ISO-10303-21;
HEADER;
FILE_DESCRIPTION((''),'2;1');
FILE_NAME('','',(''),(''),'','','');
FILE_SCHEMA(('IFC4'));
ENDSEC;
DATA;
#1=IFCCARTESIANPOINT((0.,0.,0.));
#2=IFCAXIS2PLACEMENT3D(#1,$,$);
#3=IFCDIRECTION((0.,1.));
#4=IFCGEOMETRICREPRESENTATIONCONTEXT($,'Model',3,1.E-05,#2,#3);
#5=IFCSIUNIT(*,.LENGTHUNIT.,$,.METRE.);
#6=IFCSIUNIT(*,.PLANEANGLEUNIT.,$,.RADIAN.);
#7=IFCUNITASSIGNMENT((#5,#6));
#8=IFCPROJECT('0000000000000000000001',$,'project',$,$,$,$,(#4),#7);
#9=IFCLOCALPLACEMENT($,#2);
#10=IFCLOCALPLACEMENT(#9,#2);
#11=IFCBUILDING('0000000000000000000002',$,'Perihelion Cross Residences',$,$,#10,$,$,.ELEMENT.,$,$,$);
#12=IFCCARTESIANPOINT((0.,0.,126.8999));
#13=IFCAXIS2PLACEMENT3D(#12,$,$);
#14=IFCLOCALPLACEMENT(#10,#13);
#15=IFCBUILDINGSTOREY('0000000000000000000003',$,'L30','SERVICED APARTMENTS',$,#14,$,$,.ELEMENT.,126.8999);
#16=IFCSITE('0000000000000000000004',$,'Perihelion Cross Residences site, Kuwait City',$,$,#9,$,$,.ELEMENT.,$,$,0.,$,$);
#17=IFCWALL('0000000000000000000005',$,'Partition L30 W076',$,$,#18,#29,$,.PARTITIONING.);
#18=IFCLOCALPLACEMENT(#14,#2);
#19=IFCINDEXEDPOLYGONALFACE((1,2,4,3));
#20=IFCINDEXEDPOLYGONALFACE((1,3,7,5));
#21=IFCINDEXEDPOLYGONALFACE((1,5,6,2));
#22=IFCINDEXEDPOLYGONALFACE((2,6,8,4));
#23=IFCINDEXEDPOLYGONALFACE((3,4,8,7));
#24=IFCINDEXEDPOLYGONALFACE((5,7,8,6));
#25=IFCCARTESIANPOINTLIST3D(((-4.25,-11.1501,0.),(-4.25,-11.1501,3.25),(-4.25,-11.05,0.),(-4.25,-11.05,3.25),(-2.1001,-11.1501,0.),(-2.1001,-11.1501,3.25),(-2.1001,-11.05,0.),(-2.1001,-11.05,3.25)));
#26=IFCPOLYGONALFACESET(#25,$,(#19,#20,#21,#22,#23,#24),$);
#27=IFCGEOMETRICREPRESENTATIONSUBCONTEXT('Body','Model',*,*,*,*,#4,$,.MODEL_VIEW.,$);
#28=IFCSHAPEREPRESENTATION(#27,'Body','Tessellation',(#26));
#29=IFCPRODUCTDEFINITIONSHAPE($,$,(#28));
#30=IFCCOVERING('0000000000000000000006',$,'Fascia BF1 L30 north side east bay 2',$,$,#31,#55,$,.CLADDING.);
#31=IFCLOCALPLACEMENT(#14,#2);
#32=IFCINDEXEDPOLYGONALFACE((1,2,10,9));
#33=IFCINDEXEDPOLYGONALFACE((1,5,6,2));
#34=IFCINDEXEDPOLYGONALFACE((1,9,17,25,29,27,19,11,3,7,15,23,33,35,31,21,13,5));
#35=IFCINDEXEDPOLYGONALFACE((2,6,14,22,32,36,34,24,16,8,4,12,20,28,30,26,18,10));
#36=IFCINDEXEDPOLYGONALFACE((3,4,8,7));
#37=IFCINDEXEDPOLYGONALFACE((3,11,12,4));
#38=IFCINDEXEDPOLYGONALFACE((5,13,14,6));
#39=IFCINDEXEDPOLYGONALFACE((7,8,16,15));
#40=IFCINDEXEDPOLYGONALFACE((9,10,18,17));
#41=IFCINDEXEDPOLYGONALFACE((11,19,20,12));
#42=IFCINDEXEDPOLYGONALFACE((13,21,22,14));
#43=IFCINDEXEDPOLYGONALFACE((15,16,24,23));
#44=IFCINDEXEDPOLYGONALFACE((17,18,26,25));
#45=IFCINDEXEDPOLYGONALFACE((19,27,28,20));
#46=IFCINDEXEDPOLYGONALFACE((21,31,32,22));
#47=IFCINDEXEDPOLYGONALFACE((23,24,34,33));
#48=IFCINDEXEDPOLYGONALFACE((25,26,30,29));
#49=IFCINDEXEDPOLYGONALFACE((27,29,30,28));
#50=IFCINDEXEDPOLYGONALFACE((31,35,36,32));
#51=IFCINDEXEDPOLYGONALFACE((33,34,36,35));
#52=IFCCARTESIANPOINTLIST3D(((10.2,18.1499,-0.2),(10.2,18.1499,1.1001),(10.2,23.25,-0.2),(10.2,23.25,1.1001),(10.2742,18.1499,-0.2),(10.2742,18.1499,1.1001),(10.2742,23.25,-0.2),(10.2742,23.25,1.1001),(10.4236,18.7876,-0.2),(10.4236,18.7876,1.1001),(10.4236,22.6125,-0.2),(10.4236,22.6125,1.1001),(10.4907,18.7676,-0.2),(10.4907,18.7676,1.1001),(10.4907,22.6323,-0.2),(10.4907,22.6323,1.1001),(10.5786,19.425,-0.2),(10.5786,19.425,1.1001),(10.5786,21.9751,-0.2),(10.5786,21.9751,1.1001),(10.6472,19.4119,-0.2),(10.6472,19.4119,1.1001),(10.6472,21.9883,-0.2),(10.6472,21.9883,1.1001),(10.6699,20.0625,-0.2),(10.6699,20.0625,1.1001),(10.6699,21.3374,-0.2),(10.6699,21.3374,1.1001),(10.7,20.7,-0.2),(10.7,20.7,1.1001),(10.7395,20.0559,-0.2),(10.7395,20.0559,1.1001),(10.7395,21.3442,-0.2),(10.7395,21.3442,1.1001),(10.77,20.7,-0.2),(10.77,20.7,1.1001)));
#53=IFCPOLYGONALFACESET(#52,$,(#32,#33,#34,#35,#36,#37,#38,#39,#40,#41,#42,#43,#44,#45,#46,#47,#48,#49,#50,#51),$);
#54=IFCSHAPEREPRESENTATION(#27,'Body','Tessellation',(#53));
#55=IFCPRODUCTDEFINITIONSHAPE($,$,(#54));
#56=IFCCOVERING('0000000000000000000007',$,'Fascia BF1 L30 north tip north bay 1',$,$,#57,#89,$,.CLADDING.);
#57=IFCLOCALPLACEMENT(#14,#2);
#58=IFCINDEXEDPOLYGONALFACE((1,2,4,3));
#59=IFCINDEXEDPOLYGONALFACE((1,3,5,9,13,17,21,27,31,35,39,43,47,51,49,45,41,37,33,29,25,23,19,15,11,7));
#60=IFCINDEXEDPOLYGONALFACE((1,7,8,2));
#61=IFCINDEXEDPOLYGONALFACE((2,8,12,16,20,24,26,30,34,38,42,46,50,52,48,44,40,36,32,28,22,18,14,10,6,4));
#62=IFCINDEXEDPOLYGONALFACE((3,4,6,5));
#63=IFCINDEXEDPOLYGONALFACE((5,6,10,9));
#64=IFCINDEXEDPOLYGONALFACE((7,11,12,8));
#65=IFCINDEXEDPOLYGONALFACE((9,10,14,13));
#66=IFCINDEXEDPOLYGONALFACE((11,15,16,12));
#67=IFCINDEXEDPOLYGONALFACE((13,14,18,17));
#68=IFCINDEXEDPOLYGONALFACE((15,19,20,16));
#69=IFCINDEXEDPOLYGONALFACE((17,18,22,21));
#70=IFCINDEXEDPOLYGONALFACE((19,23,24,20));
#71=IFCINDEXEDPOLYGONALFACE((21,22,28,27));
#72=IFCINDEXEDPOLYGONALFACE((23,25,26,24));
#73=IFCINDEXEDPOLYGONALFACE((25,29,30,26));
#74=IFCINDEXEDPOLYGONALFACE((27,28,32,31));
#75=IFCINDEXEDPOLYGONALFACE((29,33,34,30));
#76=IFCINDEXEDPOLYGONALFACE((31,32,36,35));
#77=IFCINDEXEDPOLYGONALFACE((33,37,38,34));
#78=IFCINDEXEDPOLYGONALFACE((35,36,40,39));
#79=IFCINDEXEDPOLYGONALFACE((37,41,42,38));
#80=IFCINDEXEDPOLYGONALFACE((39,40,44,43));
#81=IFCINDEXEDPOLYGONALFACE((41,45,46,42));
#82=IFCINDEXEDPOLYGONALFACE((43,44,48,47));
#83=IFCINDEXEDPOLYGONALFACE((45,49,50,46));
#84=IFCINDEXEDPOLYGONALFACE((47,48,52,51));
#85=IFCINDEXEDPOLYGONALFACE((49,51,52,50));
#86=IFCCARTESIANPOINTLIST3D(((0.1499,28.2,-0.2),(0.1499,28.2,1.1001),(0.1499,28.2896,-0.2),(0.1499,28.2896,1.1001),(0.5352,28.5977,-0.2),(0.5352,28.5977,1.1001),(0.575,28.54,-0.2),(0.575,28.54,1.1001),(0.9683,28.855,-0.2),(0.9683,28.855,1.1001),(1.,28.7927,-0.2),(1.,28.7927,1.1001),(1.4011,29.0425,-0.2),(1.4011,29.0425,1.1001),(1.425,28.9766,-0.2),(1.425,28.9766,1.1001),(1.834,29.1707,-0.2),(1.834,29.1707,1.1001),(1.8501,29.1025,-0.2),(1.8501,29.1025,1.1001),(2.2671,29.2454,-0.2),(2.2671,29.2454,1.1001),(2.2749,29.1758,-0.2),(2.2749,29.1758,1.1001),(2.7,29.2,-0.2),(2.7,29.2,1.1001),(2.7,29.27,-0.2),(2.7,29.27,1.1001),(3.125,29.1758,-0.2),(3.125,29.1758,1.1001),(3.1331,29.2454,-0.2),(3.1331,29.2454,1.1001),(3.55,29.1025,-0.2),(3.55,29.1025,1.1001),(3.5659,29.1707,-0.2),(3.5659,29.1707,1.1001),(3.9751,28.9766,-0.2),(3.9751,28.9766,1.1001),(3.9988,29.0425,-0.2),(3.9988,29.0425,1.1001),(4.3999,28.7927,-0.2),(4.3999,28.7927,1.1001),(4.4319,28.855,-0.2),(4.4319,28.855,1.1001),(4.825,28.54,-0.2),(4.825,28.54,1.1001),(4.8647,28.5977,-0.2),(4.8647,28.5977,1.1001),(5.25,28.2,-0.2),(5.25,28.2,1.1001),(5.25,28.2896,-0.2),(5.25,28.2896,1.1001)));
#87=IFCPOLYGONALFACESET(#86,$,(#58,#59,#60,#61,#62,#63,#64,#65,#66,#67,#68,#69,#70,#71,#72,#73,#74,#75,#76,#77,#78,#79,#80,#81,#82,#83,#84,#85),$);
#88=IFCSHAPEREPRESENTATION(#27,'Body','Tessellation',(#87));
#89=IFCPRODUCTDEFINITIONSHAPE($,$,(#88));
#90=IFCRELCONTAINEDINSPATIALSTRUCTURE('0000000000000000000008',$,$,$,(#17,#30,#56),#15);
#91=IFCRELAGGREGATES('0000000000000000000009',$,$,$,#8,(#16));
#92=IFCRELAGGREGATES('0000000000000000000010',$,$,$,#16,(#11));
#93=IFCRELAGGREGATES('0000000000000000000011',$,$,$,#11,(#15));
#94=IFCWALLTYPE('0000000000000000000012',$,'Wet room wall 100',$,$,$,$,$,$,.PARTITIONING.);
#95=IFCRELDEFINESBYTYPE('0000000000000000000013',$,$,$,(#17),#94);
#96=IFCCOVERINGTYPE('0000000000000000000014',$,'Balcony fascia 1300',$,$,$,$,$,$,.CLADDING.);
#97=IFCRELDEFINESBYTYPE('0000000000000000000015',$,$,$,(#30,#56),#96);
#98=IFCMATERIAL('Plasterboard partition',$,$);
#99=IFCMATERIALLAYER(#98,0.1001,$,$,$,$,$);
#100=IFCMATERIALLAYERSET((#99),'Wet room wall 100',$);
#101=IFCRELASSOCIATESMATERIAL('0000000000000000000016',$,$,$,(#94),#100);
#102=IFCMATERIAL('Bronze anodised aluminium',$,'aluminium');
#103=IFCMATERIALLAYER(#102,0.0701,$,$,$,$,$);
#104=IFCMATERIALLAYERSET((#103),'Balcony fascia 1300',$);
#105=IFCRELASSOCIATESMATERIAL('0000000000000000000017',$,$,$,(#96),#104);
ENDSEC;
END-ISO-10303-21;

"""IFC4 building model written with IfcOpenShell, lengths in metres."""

from ifc_helpers import new_model, si_unit, direction, frame, frame_2d, origin, place, context, subcontext, project, spatial, polyline, rectangle, outline, extrude, material, layer, layer_set, type_object, element, save


model = new_model("IFC4")

# Units and contexts
model_context = context("Model", 3, precision=1e-05, world=origin(), true_north=direction((0.0, 1.0)))
body_context = subcontext(model_context, "Body", "Model", "MODEL_VIEW")
ifc_project = project(units=[si_unit("LENGTHUNIT", "METRE"), si_unit("PLANEANGLEUNIT", "RADIAN")], contexts=[model_context])

# Site, building, storey
site_placement = place(None, origin())
site = spatial("IfcSite", under=ifc_project, at=site_placement, Name="Perihelion Cross Residences site, Kuwait City", CompositionType="ELEMENT", RefElevation=0.0)
building_placement = place(site_placement, origin())
building = spatial("IfcBuilding", under=site, at=building_placement, Name="Perihelion Cross Residences", CompositionType="ELEMENT")
storey_placement = place(building_placement, frame((0.0, 0.0, 126.8999)))
storey = spatial("IfcBuildingStorey", under=building, at=storey_placement, Name="L30", Description="SERVICED APARTMENTS", CompositionType="ELEMENT", Elevation=126.8999)

# Shared definitions
ifc_material_1 = material(Name="Plasterboard partition")
ifc_layer_1 = layer(ifc_material_1, 0.1001)
ifc_layer_set_1 = layer_set([ifc_layer_1], Name="Wet room wall 100")
wall_type_1 = type_object("IfcWallType", Name="Wet room wall 100", PredefinedType="PARTITIONING", material=ifc_layer_set_1)

# Wall
wall_1_placement = place(storey_placement, frame((-2.1001, -11.1001, 0.0), z_axis=(0.0, 0.0, 1.0), x_axis=(-1.0, 0.0, 0.0)))
element("IfcWall", 1, at=wall_1_placement, inside=storey, type_object=wall_type_1, Name="Partition L30 W076", PredefinedType="PARTITIONING", context=body_context, shape_type="SweptSolid", body=[
    extrude(rectangle(XDim=2.1499, YDim=0.1001, at=frame_2d((1.075, 0.0))), origin(), (0.0, 0.0, 1.0), 3.25),
])

# Coverings
ifc_material_2 = material(Name="Bronze anodised aluminium", Category="aluminium")
ifc_layer_2 = layer(ifc_material_2, 0.0701)
ifc_layer_set_2 = layer_set([ifc_layer_2], Name="Balcony fascia 1300")
covering_type = type_object("IfcCoveringType", Name="Balcony fascia 1300", PredefinedType="CLADDING", material=ifc_layer_set_2)
covering_1_placement = place(storey_placement, frame((0.0, 0.0, -0.2)))
element("IfcCovering", 2, at=covering_1_placement, inside=storey, type_object=covering_type, Name="Fascia BF1 L30 north side east bay 2", PredefinedType="CLADDING", context=body_context, shape_type="SweptSolid", body=[
    extrude(outline(polyline([(10.4907, 18.7676), (10.6472, 19.4119), (10.7395, 20.0559), (10.77, 20.7), (10.7395, 21.3442), (10.6472, 21.9883), (10.4907, 22.6323), (10.2742, 23.25), (10.2, 23.25), (10.4236, 22.6125), (10.5786, 21.9751), (10.6699, 21.3374), (10.7, 20.7), (10.6699, 20.0625), (10.5786, 19.425), (10.4236, 18.7876), (10.2, 18.1499), (10.2742, 18.1499), (10.4907, 18.7676)])), origin(), (0.0, 0.0, 1.0), 1.3),
])
covering_2_placement = place(storey_placement, frame((0.0, 0.0, -0.2)))
element("IfcCovering", 3, at=covering_2_placement, inside=storey, type_object=covering_type, Name="Fascia BF1 L30 north tip north bay 1", PredefinedType="CLADDING", context=body_context, shape_type="SweptSolid", body=[
    extrude(outline(polyline([(4.8647, 28.5977), (4.4319, 28.855), (3.9988, 29.0425), (3.5659, 29.1707), (3.1331, 29.2454), (2.7, 29.27), (2.2671, 29.2454), (1.834, 29.1707), (1.4011, 29.0425), (0.9683, 28.855), (0.5352, 28.5977), (0.1499, 28.2896), (0.1499, 28.2), (0.575, 28.54), (1.0, 28.7927), (1.425, 28.9766), (1.8501, 29.1025), (2.2749, 29.1758), (2.7, 29.2), (3.125, 29.1758), (3.55, 29.1025), (3.9751, 28.9766), (4.3999, 28.7927), (4.825, 28.54), (5.25, 28.2), (5.25, 28.2896), (4.8647, 28.5977)])), origin(), (0.0, 0.0, 1.0), 1.3),
])

save(model, "model.ifc")
